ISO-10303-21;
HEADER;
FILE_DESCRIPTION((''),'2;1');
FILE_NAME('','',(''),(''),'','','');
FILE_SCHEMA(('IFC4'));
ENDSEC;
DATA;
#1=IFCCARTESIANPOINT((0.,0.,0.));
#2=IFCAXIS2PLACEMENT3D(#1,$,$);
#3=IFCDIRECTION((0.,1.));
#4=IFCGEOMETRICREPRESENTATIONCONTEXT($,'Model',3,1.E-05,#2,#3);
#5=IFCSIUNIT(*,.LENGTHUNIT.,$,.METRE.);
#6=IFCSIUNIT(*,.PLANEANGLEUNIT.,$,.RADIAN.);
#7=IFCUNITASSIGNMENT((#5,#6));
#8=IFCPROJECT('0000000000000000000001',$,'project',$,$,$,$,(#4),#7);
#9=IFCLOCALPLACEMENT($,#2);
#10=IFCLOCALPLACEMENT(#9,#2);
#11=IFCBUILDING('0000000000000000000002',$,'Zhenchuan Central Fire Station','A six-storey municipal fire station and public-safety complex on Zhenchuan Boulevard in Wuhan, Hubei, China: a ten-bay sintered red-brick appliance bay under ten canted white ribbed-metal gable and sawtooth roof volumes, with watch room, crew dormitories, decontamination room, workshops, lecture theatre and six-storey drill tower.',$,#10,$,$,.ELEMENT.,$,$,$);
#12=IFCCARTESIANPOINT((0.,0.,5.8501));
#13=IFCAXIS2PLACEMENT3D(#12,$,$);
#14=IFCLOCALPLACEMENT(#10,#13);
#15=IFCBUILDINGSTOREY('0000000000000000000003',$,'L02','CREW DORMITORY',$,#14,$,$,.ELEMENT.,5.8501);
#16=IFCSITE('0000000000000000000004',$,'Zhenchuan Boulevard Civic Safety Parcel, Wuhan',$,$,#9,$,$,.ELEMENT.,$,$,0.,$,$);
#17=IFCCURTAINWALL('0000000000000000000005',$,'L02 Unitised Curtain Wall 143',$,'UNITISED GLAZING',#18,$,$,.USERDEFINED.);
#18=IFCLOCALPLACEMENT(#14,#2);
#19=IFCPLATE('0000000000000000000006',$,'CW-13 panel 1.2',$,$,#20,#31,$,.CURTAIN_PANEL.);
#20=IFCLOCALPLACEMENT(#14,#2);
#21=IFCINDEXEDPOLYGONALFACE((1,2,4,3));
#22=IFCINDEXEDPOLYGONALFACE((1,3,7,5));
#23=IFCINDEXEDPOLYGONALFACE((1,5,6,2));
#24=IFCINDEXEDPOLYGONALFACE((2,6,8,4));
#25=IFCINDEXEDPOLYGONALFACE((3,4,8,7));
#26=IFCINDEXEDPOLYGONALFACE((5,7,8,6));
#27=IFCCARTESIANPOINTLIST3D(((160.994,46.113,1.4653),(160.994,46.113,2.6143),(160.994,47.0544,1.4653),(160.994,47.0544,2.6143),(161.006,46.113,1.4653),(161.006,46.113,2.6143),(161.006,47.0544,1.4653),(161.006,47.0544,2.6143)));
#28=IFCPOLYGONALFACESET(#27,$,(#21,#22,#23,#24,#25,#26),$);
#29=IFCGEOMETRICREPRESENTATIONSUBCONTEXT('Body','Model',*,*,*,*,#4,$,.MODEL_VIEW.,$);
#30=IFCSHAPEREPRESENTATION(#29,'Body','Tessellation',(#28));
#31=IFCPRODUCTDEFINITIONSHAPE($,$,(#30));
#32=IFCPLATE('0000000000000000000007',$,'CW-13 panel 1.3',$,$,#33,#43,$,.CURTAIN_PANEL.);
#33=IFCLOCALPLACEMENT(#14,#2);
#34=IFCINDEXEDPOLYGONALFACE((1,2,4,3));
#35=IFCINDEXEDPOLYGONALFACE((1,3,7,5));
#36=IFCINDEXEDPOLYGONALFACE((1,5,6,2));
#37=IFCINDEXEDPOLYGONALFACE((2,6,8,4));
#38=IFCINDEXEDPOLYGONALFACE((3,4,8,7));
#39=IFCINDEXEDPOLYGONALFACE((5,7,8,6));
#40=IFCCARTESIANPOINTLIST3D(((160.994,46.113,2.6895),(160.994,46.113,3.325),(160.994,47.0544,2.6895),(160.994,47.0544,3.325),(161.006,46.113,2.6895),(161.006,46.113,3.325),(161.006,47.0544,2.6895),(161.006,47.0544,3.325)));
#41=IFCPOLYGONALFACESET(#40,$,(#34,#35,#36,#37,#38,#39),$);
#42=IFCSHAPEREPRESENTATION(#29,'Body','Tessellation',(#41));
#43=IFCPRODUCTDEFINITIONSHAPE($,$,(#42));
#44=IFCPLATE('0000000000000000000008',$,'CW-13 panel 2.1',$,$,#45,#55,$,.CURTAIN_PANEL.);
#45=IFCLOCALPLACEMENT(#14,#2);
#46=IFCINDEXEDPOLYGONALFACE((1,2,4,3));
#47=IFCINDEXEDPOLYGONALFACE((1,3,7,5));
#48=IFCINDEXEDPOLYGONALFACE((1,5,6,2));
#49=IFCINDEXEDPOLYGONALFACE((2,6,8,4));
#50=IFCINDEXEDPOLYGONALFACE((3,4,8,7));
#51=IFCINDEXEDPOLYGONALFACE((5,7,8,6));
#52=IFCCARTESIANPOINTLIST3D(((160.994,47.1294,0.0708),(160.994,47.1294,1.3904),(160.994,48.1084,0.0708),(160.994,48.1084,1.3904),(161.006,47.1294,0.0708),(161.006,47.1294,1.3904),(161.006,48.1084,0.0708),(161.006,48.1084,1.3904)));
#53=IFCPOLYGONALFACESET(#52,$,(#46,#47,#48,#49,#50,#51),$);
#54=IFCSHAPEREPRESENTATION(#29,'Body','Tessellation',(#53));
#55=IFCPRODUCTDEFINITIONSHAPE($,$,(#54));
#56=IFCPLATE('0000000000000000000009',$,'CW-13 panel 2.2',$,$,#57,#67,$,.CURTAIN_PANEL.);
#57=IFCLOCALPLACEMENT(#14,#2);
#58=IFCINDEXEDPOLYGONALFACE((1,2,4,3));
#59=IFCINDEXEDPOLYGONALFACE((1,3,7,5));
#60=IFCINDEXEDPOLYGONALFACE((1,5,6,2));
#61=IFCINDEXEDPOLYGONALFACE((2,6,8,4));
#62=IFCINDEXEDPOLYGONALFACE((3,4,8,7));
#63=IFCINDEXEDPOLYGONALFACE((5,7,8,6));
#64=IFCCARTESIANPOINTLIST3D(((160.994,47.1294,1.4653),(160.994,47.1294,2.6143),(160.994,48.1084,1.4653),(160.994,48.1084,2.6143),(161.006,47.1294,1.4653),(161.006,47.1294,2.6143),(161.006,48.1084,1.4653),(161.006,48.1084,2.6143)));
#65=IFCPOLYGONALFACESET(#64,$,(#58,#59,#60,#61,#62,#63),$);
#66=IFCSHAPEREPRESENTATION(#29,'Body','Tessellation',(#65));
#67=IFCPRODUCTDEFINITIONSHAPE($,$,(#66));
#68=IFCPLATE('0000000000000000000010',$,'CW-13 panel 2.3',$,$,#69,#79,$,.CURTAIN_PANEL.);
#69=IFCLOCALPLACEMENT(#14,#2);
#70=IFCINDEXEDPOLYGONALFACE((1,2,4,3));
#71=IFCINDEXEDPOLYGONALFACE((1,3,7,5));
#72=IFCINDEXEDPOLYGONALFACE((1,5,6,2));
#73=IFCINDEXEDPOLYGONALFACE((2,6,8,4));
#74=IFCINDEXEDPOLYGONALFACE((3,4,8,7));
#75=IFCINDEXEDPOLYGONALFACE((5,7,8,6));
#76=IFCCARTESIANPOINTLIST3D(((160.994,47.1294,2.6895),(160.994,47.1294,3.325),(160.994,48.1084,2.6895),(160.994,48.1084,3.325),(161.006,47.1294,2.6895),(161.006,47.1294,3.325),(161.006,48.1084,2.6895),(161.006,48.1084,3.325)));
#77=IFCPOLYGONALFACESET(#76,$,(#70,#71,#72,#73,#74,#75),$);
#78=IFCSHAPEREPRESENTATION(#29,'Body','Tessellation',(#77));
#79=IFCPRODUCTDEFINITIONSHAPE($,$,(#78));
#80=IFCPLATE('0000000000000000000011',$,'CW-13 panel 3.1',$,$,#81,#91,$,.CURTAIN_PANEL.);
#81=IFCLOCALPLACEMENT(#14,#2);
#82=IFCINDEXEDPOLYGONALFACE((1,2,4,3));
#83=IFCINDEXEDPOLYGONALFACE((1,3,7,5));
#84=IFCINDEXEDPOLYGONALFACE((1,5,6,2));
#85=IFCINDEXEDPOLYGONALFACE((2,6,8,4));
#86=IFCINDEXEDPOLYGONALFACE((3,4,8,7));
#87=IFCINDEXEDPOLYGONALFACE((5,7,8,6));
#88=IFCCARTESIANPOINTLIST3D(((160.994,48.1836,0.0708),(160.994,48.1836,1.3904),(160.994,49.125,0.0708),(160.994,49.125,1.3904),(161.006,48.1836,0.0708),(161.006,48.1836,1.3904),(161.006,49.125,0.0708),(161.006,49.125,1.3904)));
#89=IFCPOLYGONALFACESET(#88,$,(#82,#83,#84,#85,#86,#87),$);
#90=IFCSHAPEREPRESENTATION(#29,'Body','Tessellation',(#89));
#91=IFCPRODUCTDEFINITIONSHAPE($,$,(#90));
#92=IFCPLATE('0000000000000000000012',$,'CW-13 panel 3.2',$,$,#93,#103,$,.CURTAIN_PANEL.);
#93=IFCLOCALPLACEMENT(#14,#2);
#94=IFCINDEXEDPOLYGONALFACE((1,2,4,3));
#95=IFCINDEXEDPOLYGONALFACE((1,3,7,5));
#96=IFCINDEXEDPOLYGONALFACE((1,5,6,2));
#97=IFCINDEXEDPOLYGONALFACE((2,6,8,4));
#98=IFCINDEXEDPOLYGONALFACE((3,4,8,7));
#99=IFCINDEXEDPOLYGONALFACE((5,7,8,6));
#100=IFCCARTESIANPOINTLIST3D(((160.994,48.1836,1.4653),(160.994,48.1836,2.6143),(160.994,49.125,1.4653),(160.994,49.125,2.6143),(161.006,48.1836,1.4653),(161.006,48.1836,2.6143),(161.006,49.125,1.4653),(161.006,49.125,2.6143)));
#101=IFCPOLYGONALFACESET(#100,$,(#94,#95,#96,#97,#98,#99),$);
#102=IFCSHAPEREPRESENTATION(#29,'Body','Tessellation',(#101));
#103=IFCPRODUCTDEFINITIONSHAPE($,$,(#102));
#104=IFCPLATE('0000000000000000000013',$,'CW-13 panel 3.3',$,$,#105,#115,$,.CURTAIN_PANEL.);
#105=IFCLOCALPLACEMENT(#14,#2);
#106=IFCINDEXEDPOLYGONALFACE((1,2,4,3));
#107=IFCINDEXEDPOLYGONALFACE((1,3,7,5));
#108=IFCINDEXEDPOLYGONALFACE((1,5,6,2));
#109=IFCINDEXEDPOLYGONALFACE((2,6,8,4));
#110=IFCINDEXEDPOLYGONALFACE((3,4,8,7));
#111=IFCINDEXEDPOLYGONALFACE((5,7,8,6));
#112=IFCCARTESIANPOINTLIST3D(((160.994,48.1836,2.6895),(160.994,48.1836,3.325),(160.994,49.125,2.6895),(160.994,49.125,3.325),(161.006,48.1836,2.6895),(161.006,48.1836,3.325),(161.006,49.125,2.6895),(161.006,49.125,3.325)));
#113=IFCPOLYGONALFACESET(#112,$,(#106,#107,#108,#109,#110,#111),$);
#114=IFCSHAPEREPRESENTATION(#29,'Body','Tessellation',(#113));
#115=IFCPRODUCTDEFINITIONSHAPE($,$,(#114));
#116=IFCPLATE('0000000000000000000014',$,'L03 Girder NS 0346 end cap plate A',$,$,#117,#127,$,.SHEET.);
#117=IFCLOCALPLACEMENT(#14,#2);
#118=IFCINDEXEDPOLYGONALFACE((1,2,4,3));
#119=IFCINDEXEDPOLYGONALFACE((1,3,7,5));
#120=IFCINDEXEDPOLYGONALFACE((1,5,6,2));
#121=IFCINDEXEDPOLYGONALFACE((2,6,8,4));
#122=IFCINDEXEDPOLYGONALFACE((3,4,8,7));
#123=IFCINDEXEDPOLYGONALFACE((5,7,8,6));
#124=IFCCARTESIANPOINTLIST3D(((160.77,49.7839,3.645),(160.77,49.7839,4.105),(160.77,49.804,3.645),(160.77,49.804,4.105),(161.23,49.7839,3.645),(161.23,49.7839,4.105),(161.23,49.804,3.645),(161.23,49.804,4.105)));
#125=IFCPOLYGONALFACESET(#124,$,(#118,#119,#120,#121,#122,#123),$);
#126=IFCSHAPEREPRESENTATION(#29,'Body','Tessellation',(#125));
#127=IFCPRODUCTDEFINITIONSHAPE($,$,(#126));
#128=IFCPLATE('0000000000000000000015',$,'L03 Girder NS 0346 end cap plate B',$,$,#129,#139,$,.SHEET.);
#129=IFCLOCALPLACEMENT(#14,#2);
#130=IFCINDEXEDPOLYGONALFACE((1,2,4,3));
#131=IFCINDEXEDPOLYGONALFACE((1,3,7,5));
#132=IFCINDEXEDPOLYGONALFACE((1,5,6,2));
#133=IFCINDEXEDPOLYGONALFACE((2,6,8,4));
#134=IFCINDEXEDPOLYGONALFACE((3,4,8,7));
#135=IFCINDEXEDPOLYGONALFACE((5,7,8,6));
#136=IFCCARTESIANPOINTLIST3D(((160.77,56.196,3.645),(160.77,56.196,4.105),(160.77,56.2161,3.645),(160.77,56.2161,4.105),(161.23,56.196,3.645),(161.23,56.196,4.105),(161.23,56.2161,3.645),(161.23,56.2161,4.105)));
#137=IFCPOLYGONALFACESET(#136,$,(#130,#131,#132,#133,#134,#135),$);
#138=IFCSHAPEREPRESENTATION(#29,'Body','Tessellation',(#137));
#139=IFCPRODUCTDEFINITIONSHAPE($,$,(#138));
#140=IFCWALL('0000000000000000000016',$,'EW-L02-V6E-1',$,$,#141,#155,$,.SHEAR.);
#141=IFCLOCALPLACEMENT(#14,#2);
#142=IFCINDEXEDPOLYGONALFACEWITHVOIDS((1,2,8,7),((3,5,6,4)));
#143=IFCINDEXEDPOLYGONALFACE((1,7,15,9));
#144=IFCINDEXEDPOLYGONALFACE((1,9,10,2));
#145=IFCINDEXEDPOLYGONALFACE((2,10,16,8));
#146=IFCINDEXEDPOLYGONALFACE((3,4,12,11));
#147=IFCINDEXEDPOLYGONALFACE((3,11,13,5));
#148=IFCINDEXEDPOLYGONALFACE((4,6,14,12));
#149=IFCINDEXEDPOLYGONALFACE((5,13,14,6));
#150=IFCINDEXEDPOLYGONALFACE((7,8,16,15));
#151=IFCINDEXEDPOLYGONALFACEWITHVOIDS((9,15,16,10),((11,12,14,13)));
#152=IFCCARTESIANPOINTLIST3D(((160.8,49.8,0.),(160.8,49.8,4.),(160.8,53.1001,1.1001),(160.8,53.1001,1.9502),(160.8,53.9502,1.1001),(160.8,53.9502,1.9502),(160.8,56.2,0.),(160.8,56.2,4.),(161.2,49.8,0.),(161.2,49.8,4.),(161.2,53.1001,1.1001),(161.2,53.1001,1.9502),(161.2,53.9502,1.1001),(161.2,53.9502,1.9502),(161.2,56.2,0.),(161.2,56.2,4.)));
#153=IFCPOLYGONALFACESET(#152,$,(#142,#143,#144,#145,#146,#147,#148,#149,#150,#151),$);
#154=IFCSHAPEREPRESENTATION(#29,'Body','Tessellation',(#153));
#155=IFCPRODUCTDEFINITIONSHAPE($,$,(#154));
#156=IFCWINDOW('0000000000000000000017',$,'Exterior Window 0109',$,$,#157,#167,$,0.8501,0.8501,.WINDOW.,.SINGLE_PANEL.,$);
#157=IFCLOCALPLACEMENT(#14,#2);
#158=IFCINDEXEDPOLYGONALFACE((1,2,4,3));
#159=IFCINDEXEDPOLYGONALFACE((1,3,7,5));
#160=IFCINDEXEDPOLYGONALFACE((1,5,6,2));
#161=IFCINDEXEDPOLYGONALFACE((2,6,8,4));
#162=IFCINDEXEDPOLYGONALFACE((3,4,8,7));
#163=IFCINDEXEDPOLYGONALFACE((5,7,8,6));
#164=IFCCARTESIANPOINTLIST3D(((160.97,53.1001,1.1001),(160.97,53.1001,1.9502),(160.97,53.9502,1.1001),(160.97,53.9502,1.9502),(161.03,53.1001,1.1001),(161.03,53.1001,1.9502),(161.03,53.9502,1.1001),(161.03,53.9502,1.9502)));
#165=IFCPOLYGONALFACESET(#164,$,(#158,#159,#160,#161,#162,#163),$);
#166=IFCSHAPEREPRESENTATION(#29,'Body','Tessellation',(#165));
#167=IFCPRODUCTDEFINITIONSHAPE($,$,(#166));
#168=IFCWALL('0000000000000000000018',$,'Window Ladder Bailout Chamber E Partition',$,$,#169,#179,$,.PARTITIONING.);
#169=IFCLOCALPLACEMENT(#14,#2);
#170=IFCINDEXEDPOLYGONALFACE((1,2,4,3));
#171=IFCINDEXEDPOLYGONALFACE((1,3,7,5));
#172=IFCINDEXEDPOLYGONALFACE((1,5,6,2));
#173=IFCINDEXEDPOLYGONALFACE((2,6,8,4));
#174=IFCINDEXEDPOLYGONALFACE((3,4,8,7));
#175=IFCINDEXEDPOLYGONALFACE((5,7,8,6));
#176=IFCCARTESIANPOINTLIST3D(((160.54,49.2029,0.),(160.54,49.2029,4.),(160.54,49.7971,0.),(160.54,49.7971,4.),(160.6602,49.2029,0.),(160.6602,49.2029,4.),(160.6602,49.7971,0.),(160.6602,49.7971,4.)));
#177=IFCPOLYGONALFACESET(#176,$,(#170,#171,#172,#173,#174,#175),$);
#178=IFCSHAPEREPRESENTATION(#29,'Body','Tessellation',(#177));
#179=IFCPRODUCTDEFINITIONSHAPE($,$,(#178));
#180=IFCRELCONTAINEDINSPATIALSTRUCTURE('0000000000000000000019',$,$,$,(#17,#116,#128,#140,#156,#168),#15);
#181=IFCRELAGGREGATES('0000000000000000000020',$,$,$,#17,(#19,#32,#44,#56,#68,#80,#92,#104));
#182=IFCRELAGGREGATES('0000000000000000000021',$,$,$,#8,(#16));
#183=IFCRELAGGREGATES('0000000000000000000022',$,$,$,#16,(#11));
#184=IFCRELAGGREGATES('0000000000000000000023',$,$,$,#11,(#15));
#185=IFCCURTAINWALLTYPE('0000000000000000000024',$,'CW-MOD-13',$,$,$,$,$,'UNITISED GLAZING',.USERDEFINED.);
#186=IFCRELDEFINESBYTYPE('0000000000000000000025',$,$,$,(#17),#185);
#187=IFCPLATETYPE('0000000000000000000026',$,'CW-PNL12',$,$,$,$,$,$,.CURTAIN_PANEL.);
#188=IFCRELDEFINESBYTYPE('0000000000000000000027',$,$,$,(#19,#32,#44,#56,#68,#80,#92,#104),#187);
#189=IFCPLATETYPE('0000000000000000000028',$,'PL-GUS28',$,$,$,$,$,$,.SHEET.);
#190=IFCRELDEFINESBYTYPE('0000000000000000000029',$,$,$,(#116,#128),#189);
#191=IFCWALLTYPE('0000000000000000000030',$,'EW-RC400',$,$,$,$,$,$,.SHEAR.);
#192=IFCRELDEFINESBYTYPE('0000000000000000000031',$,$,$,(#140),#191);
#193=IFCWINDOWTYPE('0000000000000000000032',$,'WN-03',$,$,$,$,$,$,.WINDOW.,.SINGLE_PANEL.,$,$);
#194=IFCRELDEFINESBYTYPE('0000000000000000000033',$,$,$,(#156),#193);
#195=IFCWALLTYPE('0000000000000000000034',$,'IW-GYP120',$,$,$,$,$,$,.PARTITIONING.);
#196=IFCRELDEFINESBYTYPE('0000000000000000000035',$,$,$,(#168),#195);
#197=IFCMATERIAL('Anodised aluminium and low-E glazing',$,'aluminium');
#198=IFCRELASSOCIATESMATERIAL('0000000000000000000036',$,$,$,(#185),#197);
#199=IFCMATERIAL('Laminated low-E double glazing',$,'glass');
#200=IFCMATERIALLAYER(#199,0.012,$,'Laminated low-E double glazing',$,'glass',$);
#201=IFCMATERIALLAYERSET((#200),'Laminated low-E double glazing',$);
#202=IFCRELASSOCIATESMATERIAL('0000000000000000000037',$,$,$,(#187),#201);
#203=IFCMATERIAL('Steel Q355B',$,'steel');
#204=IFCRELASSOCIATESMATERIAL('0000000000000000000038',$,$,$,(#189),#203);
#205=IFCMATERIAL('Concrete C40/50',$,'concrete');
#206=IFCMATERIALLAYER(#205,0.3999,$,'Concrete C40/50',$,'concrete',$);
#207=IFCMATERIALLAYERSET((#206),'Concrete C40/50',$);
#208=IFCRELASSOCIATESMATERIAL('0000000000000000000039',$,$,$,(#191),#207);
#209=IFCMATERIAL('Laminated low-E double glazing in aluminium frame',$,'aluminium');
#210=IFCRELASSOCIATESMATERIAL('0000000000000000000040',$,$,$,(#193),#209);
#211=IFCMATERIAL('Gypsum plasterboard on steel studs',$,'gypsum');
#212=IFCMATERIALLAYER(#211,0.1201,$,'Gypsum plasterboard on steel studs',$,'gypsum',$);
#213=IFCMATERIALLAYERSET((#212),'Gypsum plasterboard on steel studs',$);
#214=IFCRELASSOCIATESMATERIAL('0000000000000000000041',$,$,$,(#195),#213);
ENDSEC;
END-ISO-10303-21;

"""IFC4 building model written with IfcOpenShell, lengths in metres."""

from ifc_helpers import new_model, si_unit, direction, frame, frame_2d, origin, origin_2d, place, context, subcontext, project, spatial, rectangle, extrude, material, layer, layer_set, material_profile, profile_set, type_object, element, fill, aggregate, save


model = new_model("IFC4")

# Units and contexts
model_context = context("Model", 3, precision=1e-05, world=origin(), true_north=direction((0.0, 1.0)))
body_context = subcontext(model_context, "Body", "Model", "MODEL_VIEW")
ifc_project = project(units=[si_unit("LENGTHUNIT", "METRE"), si_unit("PLANEANGLEUNIT", "RADIAN")], contexts=[model_context])

# Site, building, storey
site_placement = place(None, origin())
site = spatial("IfcSite", under=ifc_project, at=site_placement, Name="Zhenchuan Boulevard Civic Safety Parcel, Wuhan", CompositionType="ELEMENT", RefElevation=0.0)
building_placement = place(site_placement, origin())
building = spatial("IfcBuilding", under=site, at=building_placement, Name="Zhenchuan Central Fire Station", Description="A six-storey municipal fire station and public-safety complex on Zhenchuan Boulevard in Wuhan, Hubei, China: a ten-bay sintered red-brick appliance bay under ten canted white ribbed-metal gable and sawtooth roof volumes, with watch room, crew dormitories, decontamination room, workshops, lecture theatre and six-storey drill tower.", CompositionType="ELEMENT")
storey_placement = place(building_placement, frame((0.0, 0.0, 5.8501)))
storey = spatial("IfcBuildingStorey", under=building, at=storey_placement, Name="L02", Description="CREW DORMITORY", CompositionType="ELEMENT", Elevation=5.8501)

# Shared definitions
ifc_material_1 = material(Name="Concrete C40/50", Category="concrete")

# Shared definitions
ifc_material_2 = material(Name="Anodised aluminium and low-E glazing", Category="aluminium")

# Curtain wall
curtain_wall_type_1 = type_object("IfcCurtainWallType", Name="CW-MOD-13", ElementType="UNITISED GLAZING", PredefinedType="USERDEFINED", material=ifc_material_2)
curtain_wall_1_placement = place(storey_placement, origin())
curtain_wall_1 = element("IfcCurtainWall", 1, at=curtain_wall_1_placement, inside=storey, type_object=curtain_wall_type_1, Name="L02 Unitised Curtain Wall 143", ObjectType="UNITISED GLAZING", PredefinedType="USERDEFINED")

# Shared definitions
ifc_material_3 = material(Name="Steel Q355B", Category="steel")

# Plates
ifc_material_4 = material(Name="Laminated low-E double glazing", Category="glass")
ifc_layer_1 = layer(ifc_material_4, 0.012, Name="Laminated low-E double glazing", Category="glass")
ifc_layer_set_1 = layer_set([ifc_layer_1], Name="Laminated low-E double glazing")
plate_type_1 = type_object("IfcPlateType", Name="CW-PNL12", PredefinedType="CURTAIN_PANEL", material=ifc_layer_set_1)
plate_1_placement = place(storey_placement, frame((161.0, 46.5837, 1.4653), z_axis=(0.0, 0.0, 1.0), x_axis=(0.0, 1.0, 0.0)))
plate_1 = element("IfcPlate", 2, at=plate_1_placement, type_object=plate_type_1, Name="CW-13 panel 1.2", PredefinedType="CURTAIN_PANEL", context=body_context, shape_type="SweptSolid", body=[
    extrude(rectangle(XDim=0.9414, YDim=0.012, at=origin_2d()), origin(), (0.0, 0.0, 1.0), 1.1489),
])
plate_2_placement = place(storey_placement, frame((161.0, 46.5837, 2.6895), z_axis=(0.0, 0.0, 1.0), x_axis=(0.0, 1.0, 0.0)))
plate_2 = element("IfcPlate", 3, at=plate_2_placement, type_object=plate_type_1, Name="CW-13 panel 1.3", PredefinedType="CURTAIN_PANEL", context=body_context, shape_type="SweptSolid", body=[
    extrude(rectangle(XDim=0.9414, YDim=0.012, at=origin_2d()), origin(), (0.0, 0.0, 1.0), 0.6355),
])
plate_3_placement = place(storey_placement, frame((161.0, 47.6189, 0.0708), z_axis=(0.0, 0.0, 1.0), x_axis=(0.0, 1.0, 0.0)))
plate_3 = element("IfcPlate", 4, at=plate_3_placement, type_object=plate_type_1, Name="CW-13 panel 2.1", PredefinedType="CURTAIN_PANEL", context=body_context, shape_type="SweptSolid", body=[
    extrude(rectangle(XDim=0.979, YDim=0.012, at=origin_2d()), origin(), (0.0, 0.0, 1.0), 1.3196),
])
plate_4_placement = place(storey_placement, frame((161.0, 47.6189, 1.4653), z_axis=(0.0, 0.0, 1.0), x_axis=(0.0, 1.0, 0.0)))
plate_4 = element("IfcPlate", 5, at=plate_4_placement, type_object=plate_type_1, Name="CW-13 panel 2.2", PredefinedType="CURTAIN_PANEL", context=body_context, shape_type="SweptSolid", body=[
    extrude(rectangle(XDim=0.979, YDim=0.012, at=origin_2d()), origin(), (0.0, 0.0, 1.0), 1.1489),
])
plate_5_placement = place(storey_placement, frame((161.0, 47.6189, 2.6895), z_axis=(0.0, 0.0, 1.0), x_axis=(0.0, 1.0, 0.0)))
plate_5 = element("IfcPlate", 6, at=plate_5_placement, type_object=plate_type_1, Name="CW-13 panel 2.3", PredefinedType="CURTAIN_PANEL", context=body_context, shape_type="SweptSolid", body=[
    extrude(rectangle(XDim=0.979, YDim=0.012, at=origin_2d()), origin(), (0.0, 0.0, 1.0), 0.6355),
])
plate_6_placement = place(storey_placement, frame((161.0, 48.6543, 0.0708), z_axis=(0.0, 0.0, 1.0), x_axis=(0.0, 1.0, 0.0)))
plate_6 = element("IfcPlate", 7, at=plate_6_placement, type_object=plate_type_1, Name="CW-13 panel 3.1", PredefinedType="CURTAIN_PANEL", context=body_context, shape_type="SweptSolid", body=[
    extrude(rectangle(XDim=0.9414, YDim=0.012, at=origin_2d()), origin(), (0.0, 0.0, 1.0), 1.3196),
])
plate_7_placement = place(storey_placement, frame((161.0, 48.6543, 1.4653), z_axis=(0.0, 0.0, 1.0), x_axis=(0.0, 1.0, 0.0)))
plate_7 = element("IfcPlate", 8, at=plate_7_placement, type_object=plate_type_1, Name="CW-13 panel 3.2", PredefinedType="CURTAIN_PANEL", context=body_context, shape_type="SweptSolid", body=[
    extrude(rectangle(XDim=0.9414, YDim=0.012, at=origin_2d()), origin(), (0.0, 0.0, 1.0), 1.1489),
])
plate_8_placement = place(storey_placement, frame((161.0, 48.6543, 2.6895), z_axis=(0.0, 0.0, 1.0), x_axis=(0.0, 1.0, 0.0)))
plate_8 = element("IfcPlate", 9, at=plate_8_placement, type_object=plate_type_1, Name="CW-13 panel 3.3", PredefinedType="CURTAIN_PANEL", context=body_context, shape_type="SweptSolid", body=[
    extrude(rectangle(XDim=0.9414, YDim=0.012, at=origin_2d()), origin(), (0.0, 0.0, 1.0), 0.6355),
])
aggregate(curtain_wall_1, [plate_1, plate_2, plate_3, plate_4, plate_5, plate_6, plate_7, plate_8])

# Plates
ifc_material_profile_1 = material_profile(ifc_material_3, rectangle(XDim=0.46, YDim=0.46, at=origin_2d()), Name="PL 460x460x28")
ifc_profile_set_1 = profile_set([ifc_material_profile_1], Name="Steel Q355B")
plate_type_2 = type_object("IfcPlateType", Name="PL-GUS28", PredefinedType="SHEET", material=ifc_profile_set_1)
for number, where, z_axis, x_axis, name in (
    (10, (161.0, 49.7839, 3.875), (0.0, 1.0, 0.0), (-1.0, 0.0, 0.0), "L03 Girder NS 0346 end cap plate A"),
    (11, (161.0, 56.196, 3.875), (0.0, 1.0, 0.0), (-1.0, 0.0, 0.0), "L03 Girder NS 0346 end cap plate B"),
):
    element("IfcPlate", number, at=place(storey_placement, frame(where, z_axis=z_axis, x_axis=x_axis)), inside=storey, type_object=plate_type_2, Name=name, PredefinedType="SHEET", context=body_context, shape_type="SweptSolid", body=[
        extrude(rectangle(XDim=0.46, YDim=0.46, at=origin_2d()), origin(), (0.0, 0.0, 1.0), 0.02),
    ])

# Wall, opening, window
ifc_layer_2 = layer(ifc_material_1, 0.3999, Name="Concrete C40/50", Category="concrete")
ifc_layer_set_2 = layer_set([ifc_layer_2], Name="Concrete C40/50")
wall_type_1 = type_object("IfcWallType", Name="EW-RC400", PredefinedType="SHEAR", material=ifc_layer_set_2)
wall_1_placement = place(storey_placement, frame((161.0, 49.8, 0.0), z_axis=(0.0, 0.0, 1.0), x_axis=(0.0, 1.0, 0.0)))
wall_1 = element("IfcWall", 12, at=wall_1_placement, inside=storey, type_object=wall_type_1, Name="EW-L02-V6E-1", PredefinedType="SHEAR", context=body_context, shape_type="SweptSolid", body=[
    extrude(rectangle(XDim=6.3999, YDim=0.3999, at=frame_2d((3.2, 0.0))), origin(), (0.0, 0.0, 1.0), 4.0),
])
opening_placement = place(wall_1_placement, frame((3.3, 0.0, 1.1001)))
opening = element("IfcOpeningElement", 13, at=opening_placement, cuts=wall_1, PredefinedType="OPENING", context=body_context, shape_type="SweptSolid", body=[
    extrude(rectangle(XDim=0.8501, YDim=0.8501, at=frame_2d((0.425, 0.425))), frame((0.0, 0.21, 0.0), z_axis=(0.0, -1.0, 0.0), x_axis=(1.0, 0.0, 0.0)), (0.0, 0.0, 1.0), 0.4199),
])
ifc_material_5 = material(Name="Laminated low-E double glazing in aluminium frame", Category="aluminium")
window_type = type_object("IfcWindowType", Name="WN-03", PartitioningType="SINGLE_PANEL", PredefinedType="WINDOW", material=ifc_material_5)
window_placement = place(opening_placement, origin())
window = element("IfcWindow", 14, at=window_placement, inside=storey, type_object=window_type, Name="Exterior Window 0109", OverallHeight=0.8501, OverallWidth=0.8501, PartitioningType="SINGLE_PANEL", PredefinedType="WINDOW", context=body_context, shape_type="SweptSolid", body=[
    extrude(rectangle(XDim=0.8501, YDim=0.8501, at=frame_2d((0.425, 0.425))), frame((0.0, 0.03, 0.0), z_axis=(0.0, -1.0, 0.0), x_axis=(1.0, 0.0, 0.0)), (0.0, 0.0, 1.0), 0.0601),
])
fill(opening, window)

# Wall
ifc_material_6 = material(Name="Gypsum plasterboard on steel studs", Category="gypsum")
ifc_layer_3 = layer(ifc_material_6, 0.1201, Name="Gypsum plasterboard on steel studs", Category="gypsum")
ifc_layer_set_3 = layer_set([ifc_layer_3], Name="Gypsum plasterboard on steel studs")
wall_type_2 = type_object("IfcWallType", Name="IW-GYP120", PredefinedType="PARTITIONING", material=ifc_layer_set_3)
wall_2_placement = place(storey_placement, frame((160.6001, 49.2029, 0.0), z_axis=(0.0, 0.0, 1.0), x_axis=(0.0, 1.0, 0.0)))
element("IfcWall", 15, at=wall_2_placement, inside=storey, type_object=wall_type_2, Name="Window Ladder Bailout Chamber E Partition", PredefinedType="PARTITIONING", context=body_context, shape_type="SweptSolid", body=[
    extrude(rectangle(XDim=0.5942, YDim=0.1201, at=frame_2d((0.2971, 0.0))), origin(), (0.0, 0.0, 1.0), 4.0),
])

save(model, "model.ifc")
